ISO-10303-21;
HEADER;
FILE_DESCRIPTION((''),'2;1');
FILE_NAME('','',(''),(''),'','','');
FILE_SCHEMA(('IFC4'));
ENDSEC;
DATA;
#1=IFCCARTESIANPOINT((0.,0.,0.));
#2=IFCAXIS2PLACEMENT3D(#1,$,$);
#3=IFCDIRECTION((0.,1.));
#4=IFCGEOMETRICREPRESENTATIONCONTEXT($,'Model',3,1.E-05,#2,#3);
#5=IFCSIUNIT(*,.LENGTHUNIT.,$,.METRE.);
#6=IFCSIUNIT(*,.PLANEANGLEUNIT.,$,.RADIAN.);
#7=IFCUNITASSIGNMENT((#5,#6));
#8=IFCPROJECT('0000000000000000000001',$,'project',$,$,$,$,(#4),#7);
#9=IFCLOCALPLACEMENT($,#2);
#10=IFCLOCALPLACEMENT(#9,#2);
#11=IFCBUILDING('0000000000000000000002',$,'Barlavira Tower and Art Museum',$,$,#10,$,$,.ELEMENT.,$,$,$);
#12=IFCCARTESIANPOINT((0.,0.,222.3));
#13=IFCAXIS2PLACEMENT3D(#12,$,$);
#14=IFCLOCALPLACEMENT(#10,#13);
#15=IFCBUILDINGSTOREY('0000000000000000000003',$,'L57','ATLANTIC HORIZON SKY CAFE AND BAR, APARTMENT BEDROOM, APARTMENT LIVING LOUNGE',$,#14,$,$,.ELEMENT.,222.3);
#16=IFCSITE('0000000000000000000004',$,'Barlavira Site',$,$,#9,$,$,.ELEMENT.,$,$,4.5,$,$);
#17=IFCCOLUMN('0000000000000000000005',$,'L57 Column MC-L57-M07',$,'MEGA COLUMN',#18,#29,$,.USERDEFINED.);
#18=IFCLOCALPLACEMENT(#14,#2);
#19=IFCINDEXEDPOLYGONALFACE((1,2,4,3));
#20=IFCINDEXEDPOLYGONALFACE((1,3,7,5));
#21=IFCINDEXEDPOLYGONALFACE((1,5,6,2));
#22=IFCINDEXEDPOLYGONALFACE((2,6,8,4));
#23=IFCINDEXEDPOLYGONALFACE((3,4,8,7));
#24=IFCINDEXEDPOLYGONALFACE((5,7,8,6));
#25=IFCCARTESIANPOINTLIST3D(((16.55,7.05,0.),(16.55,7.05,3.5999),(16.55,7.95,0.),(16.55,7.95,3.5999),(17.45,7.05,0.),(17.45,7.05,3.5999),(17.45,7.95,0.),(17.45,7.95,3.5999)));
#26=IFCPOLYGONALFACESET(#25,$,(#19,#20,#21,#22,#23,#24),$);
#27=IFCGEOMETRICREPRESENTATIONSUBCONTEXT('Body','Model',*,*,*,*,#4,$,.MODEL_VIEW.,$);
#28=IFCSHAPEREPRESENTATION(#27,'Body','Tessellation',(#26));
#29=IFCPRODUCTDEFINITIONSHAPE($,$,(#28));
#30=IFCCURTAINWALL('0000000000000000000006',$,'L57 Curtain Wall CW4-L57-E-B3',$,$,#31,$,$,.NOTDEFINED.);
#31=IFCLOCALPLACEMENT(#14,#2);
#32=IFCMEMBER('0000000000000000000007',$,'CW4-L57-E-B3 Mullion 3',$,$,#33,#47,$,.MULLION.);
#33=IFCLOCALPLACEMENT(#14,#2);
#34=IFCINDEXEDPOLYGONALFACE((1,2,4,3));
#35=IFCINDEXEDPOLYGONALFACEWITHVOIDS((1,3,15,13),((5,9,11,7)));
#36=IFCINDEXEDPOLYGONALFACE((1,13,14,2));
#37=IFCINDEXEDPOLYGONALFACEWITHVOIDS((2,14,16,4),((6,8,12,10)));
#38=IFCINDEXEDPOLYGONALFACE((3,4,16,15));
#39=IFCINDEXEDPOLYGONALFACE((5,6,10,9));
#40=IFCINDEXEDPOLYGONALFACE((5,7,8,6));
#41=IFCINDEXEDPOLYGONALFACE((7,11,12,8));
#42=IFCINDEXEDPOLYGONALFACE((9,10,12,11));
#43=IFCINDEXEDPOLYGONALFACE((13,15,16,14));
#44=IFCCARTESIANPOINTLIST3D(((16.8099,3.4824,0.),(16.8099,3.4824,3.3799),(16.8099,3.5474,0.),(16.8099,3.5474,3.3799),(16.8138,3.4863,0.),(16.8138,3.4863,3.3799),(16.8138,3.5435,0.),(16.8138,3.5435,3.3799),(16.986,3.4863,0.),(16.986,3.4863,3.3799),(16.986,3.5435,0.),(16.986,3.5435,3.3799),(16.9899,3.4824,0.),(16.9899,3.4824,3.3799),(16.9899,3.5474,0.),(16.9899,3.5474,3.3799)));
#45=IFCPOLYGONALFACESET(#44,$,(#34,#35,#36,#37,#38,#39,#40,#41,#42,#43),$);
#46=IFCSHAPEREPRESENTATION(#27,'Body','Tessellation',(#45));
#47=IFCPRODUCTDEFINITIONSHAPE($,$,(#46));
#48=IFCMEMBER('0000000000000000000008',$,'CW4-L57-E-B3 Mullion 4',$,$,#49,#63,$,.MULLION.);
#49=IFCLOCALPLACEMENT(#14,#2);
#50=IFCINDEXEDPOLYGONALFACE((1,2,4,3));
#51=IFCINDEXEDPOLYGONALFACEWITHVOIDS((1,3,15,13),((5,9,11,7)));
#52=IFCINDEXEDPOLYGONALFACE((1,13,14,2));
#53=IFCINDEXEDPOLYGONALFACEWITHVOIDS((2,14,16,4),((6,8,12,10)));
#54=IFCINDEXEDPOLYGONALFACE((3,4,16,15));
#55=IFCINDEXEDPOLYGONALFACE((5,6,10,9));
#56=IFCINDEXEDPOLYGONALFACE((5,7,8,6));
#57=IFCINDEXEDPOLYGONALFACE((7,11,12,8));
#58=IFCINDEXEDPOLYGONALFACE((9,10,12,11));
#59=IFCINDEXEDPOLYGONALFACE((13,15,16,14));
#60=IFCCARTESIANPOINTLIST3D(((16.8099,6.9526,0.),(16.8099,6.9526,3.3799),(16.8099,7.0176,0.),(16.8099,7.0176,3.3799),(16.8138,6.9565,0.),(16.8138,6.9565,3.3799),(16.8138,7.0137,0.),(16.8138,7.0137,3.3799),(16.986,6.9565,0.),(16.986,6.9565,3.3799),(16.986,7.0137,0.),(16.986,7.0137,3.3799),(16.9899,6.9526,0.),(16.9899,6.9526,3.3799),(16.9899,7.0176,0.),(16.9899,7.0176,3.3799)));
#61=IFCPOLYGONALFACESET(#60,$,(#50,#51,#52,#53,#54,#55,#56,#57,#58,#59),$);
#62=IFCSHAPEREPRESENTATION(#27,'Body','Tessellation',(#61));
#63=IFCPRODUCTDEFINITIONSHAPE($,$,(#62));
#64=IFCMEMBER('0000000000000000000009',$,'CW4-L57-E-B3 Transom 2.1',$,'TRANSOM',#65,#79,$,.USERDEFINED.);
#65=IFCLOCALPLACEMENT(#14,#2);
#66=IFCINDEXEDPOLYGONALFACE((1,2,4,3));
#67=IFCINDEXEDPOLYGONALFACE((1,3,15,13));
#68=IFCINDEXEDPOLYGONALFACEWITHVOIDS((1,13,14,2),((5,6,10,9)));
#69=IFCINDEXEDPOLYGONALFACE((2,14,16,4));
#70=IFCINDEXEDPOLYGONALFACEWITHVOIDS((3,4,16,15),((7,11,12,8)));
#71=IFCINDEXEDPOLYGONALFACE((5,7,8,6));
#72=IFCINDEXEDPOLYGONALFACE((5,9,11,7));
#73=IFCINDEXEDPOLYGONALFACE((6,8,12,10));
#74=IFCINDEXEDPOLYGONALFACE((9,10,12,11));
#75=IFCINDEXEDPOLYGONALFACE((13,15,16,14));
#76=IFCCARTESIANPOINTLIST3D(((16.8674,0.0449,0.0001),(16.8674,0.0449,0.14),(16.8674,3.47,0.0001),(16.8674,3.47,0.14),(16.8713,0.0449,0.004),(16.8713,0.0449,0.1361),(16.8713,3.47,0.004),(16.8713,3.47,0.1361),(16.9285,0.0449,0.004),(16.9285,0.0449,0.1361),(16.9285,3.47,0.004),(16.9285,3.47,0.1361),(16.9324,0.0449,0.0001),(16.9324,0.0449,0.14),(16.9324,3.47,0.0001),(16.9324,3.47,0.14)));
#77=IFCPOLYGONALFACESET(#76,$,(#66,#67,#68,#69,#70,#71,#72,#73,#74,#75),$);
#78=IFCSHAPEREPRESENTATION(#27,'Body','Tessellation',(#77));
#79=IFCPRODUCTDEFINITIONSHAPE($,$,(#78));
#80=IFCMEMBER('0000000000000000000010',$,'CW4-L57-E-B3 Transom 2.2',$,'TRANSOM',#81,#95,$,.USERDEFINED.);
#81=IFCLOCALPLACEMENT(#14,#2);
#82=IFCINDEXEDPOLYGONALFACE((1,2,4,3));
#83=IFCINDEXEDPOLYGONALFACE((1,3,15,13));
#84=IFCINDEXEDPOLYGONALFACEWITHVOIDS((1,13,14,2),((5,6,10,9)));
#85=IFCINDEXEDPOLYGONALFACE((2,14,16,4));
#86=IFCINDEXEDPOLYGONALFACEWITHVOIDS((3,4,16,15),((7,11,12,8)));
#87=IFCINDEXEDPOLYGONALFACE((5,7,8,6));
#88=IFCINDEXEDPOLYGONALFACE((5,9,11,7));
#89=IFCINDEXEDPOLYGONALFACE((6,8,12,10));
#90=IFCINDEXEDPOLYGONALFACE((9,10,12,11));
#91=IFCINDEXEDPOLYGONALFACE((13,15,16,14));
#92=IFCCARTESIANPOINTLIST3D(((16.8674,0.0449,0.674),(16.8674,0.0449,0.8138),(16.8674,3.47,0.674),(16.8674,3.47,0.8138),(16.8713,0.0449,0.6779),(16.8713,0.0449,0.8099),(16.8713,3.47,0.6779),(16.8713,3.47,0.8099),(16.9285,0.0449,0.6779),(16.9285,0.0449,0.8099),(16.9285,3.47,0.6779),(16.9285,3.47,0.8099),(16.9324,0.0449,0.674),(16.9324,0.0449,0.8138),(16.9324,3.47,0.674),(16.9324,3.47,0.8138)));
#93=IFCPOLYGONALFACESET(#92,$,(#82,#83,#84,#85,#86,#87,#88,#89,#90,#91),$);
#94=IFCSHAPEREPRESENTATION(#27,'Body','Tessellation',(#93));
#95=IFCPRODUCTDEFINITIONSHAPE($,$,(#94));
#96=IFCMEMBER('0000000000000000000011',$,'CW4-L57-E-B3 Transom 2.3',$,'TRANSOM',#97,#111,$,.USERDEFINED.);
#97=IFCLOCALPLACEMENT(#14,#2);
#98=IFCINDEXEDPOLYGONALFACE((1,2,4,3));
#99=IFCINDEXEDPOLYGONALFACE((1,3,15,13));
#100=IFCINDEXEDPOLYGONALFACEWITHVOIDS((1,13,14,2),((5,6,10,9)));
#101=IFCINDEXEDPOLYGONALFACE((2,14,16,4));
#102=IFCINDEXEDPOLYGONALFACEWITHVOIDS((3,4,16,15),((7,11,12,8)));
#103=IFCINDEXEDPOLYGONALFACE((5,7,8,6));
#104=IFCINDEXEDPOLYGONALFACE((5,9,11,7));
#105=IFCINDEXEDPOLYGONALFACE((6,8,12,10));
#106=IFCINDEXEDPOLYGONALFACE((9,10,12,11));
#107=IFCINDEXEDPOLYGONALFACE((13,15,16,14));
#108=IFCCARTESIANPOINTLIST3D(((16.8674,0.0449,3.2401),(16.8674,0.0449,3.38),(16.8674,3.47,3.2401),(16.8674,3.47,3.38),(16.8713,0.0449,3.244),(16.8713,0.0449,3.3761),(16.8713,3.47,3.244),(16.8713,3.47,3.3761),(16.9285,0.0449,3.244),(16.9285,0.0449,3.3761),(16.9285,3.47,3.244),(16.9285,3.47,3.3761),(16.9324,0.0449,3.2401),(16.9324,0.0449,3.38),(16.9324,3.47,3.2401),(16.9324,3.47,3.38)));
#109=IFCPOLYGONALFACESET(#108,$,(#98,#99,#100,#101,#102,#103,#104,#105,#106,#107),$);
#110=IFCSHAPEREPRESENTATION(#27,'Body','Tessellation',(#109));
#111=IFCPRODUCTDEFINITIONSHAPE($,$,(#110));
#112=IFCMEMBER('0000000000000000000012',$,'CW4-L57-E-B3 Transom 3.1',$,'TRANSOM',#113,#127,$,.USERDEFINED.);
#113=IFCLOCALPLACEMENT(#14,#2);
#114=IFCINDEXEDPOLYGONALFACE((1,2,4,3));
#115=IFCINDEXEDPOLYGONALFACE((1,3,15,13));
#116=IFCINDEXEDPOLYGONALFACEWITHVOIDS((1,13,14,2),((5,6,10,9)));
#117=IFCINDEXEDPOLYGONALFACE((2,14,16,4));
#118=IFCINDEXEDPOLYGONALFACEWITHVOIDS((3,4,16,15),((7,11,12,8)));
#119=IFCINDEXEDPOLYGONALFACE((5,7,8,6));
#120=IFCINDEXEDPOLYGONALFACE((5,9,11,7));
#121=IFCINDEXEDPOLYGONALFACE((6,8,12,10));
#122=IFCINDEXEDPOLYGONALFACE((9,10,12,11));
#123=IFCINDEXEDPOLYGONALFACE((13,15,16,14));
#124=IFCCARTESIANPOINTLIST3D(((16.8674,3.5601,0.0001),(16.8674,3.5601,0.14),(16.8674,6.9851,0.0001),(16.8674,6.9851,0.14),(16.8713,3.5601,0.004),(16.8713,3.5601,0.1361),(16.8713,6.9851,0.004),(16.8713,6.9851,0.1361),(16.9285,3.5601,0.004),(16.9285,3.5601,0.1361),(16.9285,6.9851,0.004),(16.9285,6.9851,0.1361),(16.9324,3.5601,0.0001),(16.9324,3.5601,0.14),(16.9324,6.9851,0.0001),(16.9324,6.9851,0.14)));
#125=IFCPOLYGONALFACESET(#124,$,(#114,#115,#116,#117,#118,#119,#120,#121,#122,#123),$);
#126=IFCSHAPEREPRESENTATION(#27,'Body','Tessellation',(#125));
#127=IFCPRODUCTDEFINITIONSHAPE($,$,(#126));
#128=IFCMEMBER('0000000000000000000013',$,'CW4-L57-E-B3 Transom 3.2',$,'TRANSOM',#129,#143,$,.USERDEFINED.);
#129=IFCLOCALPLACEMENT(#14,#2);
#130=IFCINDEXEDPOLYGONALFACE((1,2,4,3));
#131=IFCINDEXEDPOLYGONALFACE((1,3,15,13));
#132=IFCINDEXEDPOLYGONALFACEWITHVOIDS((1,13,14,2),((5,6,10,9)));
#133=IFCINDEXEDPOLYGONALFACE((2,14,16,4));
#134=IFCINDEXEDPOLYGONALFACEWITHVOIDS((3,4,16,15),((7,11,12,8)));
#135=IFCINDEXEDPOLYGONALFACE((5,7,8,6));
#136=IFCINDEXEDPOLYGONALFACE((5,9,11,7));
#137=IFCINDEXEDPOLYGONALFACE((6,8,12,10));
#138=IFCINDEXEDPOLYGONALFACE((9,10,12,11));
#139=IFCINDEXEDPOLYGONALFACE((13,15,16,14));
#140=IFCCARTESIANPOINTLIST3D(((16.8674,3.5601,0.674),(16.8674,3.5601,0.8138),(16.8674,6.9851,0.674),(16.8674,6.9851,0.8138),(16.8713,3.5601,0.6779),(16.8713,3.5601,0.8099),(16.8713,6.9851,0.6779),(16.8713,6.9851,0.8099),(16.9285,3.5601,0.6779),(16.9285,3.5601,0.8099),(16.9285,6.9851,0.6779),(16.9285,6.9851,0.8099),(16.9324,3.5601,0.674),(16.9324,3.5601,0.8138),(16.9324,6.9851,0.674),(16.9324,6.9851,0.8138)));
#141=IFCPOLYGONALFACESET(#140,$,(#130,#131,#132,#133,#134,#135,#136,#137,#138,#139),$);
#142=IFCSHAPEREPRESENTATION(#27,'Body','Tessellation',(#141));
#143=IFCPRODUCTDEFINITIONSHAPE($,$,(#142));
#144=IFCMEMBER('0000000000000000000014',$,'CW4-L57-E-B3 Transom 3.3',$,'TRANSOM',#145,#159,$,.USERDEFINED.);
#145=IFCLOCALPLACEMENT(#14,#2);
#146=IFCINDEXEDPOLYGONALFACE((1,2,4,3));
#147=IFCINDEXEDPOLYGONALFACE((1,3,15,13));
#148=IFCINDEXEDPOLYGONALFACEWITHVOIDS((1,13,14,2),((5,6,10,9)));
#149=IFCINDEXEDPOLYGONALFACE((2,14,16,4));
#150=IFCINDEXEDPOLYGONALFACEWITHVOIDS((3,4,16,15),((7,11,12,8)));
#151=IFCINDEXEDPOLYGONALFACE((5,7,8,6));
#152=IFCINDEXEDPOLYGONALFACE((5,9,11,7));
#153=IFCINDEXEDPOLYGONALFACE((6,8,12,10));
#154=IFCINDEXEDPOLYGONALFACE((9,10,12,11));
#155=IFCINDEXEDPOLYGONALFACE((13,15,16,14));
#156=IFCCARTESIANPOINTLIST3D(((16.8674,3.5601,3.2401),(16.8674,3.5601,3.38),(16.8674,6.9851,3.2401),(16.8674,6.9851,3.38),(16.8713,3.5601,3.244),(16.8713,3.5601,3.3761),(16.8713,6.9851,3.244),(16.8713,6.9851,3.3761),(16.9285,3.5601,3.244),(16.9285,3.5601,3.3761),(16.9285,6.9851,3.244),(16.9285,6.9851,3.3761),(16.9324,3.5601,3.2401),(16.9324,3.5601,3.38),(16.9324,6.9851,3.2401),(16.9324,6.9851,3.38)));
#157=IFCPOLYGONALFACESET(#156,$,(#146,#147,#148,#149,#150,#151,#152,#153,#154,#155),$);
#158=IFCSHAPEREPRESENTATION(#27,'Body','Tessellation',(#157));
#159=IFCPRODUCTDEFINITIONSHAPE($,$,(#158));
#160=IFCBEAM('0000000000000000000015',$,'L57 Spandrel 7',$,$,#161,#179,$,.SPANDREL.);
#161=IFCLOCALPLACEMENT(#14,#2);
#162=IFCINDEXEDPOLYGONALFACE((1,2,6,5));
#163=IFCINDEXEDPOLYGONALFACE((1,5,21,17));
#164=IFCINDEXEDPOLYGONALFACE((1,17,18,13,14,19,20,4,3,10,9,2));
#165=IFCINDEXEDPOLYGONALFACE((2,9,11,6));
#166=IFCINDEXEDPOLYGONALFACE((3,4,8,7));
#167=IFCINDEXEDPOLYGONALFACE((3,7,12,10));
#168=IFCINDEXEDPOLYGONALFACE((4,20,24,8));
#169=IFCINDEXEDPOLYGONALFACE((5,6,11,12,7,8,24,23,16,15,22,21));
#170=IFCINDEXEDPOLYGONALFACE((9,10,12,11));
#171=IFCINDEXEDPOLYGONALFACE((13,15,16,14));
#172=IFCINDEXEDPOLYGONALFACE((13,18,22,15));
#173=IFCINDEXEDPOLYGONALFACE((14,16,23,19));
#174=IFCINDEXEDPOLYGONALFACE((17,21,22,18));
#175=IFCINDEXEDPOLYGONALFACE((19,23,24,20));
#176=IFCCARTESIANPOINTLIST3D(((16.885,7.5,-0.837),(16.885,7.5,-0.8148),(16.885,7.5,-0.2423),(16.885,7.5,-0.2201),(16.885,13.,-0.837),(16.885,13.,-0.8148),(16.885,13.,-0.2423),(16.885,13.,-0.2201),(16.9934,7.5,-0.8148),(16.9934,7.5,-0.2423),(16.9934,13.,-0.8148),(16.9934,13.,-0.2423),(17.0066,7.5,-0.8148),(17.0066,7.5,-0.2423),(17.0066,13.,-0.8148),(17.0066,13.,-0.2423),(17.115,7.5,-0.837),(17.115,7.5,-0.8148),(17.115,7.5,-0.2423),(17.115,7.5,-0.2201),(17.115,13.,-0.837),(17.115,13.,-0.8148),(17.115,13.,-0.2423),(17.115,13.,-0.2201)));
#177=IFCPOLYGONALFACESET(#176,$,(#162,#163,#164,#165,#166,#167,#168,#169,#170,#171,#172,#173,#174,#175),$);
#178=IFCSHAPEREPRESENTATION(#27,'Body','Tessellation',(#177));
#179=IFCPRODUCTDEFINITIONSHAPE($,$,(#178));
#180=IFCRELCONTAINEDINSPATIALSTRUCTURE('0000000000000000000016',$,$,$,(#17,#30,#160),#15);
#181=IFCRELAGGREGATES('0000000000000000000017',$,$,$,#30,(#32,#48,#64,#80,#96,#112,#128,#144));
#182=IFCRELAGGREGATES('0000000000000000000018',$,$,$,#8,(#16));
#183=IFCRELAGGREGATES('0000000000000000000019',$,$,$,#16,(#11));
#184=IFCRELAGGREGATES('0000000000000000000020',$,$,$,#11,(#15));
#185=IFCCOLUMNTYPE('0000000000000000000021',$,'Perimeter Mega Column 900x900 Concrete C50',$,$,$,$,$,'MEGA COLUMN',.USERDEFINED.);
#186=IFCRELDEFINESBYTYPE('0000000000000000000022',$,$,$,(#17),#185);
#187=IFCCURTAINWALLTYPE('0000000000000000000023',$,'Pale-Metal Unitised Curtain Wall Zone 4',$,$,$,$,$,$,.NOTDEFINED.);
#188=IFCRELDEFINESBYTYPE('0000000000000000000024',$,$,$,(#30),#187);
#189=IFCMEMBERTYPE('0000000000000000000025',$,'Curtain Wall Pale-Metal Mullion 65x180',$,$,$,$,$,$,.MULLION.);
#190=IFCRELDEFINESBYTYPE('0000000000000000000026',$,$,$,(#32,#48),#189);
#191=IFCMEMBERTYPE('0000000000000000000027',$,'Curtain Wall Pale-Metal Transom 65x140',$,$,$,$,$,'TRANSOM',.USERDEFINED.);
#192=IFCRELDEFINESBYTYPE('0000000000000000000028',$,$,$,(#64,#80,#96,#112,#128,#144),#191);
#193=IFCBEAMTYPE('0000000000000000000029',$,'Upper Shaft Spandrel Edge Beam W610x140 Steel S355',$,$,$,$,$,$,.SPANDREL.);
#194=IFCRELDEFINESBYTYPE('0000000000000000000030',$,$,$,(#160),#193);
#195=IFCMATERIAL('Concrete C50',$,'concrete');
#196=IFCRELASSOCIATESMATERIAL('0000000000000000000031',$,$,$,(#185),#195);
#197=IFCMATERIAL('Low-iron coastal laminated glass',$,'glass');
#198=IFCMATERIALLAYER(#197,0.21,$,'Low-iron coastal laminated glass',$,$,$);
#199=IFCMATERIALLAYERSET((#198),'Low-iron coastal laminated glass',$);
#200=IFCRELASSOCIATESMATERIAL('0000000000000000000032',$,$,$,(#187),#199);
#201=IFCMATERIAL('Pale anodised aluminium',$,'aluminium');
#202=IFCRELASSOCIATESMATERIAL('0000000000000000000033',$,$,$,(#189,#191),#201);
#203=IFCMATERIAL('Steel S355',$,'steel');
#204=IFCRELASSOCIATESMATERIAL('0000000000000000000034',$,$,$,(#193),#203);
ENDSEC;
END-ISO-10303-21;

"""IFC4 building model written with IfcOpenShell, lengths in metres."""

from ifc_helpers import new_model, si_unit, direction, frame, origin, origin_2d, place, context, subcontext, project, spatial, rectangle, hollow_rectangle, i_section, extrude, material, layer, layer_set, material_profile, profile_set, type_object, element, aggregate, save


model = new_model("IFC4")

# Units and contexts
model_context = context("Model", 3, precision=1e-05, world=origin(), true_north=direction((0.0, 1.0)))
body_context = subcontext(model_context, "Body", "Model", "MODEL_VIEW")
ifc_project = project(units=[si_unit("LENGTHUNIT", "METRE"), si_unit("PLANEANGLEUNIT", "RADIAN")], contexts=[model_context])

# Site, building, storey
site_placement = place(None, origin())
site = spatial("IfcSite", under=ifc_project, at=site_placement, Name="Barlavira Site", CompositionType="ELEMENT", RefElevation=4.5)
building_placement = place(site_placement, origin())
building = spatial("IfcBuilding", under=site, at=building_placement, Name="Barlavira Tower and Art Museum", CompositionType="ELEMENT")
storey_placement = place(building_placement, frame((0.0, 0.0, 222.3)))
storey = spatial("IfcBuildingStorey", under=building, at=storey_placement, Name="L57", Description="ATLANTIC HORIZON SKY CAFE AND BAR, APARTMENT BEDROOM, APARTMENT LIVING LOUNGE", CompositionType="ELEMENT", Elevation=222.3)

# Column
ifc_material_1 = material(Name="Concrete C50", Category="concrete")
ifc_material_profile_1 = material_profile(ifc_material_1, rectangle(XDim=0.8999, YDim=0.8999, at=origin_2d()), Name="RC-COL 900x900")
ifc_profile_set_1 = profile_set([ifc_material_profile_1], Name="Concrete C50")
column_type = type_object("IfcColumnType", Name="Perimeter Mega Column 900x900 Concrete C50", ElementType="MEGA COLUMN", PredefinedType="USERDEFINED", material=ifc_profile_set_1)
column_placement = place(storey_placement, frame((17.0, 7.5, 0.0), z_axis=(0.0, 0.0, 1.0), x_axis=(1.0, 0.0, 0.0)))
element("IfcColumn", 1, at=column_placement, inside=storey, type_object=column_type, Name="L57 Column MC-L57-M07", ObjectType="MEGA COLUMN", PredefinedType="USERDEFINED", context=body_context, shape_type="SweptSolid", body=[
    extrude(rectangle(XDim=0.8999, YDim=0.8999, at=origin_2d()), origin(), (0.0, 0.0, 1.0), 3.5999),
])

# Curtain wall, members
ifc_material_2 = material(Name="Low-iron coastal laminated glass", Category="glass")
ifc_layer_1 = layer(ifc_material_2, 0.21, Name="Low-iron coastal laminated glass")
ifc_layer_set_1 = layer_set([ifc_layer_1], Name="Low-iron coastal laminated glass")
curtain_wall_type = type_object("IfcCurtainWallType", Name="Pale-Metal Unitised Curtain Wall Zone 4", PredefinedType="NOTDEFINED", material=ifc_layer_set_1)
curtain_wall_placement = place(storey_placement, origin())
curtain_wall = element("IfcCurtainWall", 2, at=curtain_wall_placement, inside=storey, type_object=curtain_wall_type, Name="L57 Curtain Wall CW4-L57-E-B3", PredefinedType="NOTDEFINED")
ifc_material_3 = material(Name="Pale anodised aluminium", Category="aluminium")
ifc_material_profile_2 = material_profile(ifc_material_3, hollow_rectangle(XDim=0.0649, YDim=0.1799, WallThickness=0.0039, at=origin_2d()), Name="ALU-MULL 65x180x4")
ifc_profile_set_2 = profile_set([ifc_material_profile_2], Name="Pale anodised aluminium")
member_type_1 = type_object("IfcMemberType", Name="Curtain Wall Pale-Metal Mullion 65x180", PredefinedType="MULLION", material=ifc_profile_set_2)
member_1_placement = place(storey_placement, frame((16.8999, 3.5149, 0.0), z_axis=(0.0, 0.0, 1.0), x_axis=(0.0, 1.0, 0.0)))
member_1 = element("IfcMember", 3, at=member_1_placement, type_object=member_type_1, Name="CW4-L57-E-B3 Mullion 3", PredefinedType="MULLION", context=body_context, shape_type="SweptSolid", body=[
    extrude(hollow_rectangle(XDim=0.0649, YDim=0.1799, WallThickness=0.0039, at=origin_2d()), origin(), (0.0, 0.0, 1.0), 3.3799),
])
member_2_placement = place(storey_placement, frame((16.8999, 6.9851, 0.0), z_axis=(0.0, 0.0, 1.0), x_axis=(0.0, 1.0, 0.0)))
member_2 = element("IfcMember", 4, at=member_2_placement, type_object=member_type_1, Name="CW4-L57-E-B3 Mullion 4", PredefinedType="MULLION", context=body_context, shape_type="SweptSolid", body=[
    extrude(hollow_rectangle(XDim=0.0649, YDim=0.1799, WallThickness=0.0039, at=origin_2d()), origin(), (0.0, 0.0, 1.0), 3.3799),
])
ifc_material_profile_3 = material_profile(ifc_material_3, hollow_rectangle(XDim=0.0649, YDim=0.1399, WallThickness=0.0039, at=origin_2d()), Name="ALU-TRAN 65x140x4")
ifc_profile_set_3 = profile_set([ifc_material_profile_3], Name="Pale anodised aluminium")
member_type_2 = type_object("IfcMemberType", Name="Curtain Wall Pale-Metal Transom 65x140", ElementType="TRANSOM", PredefinedType="USERDEFINED", material=ifc_profile_set_3)
member_3_placement = place(storey_placement, frame((16.8999, 0.0449, 0.0701), z_axis=(0.0, 1.0, 0.0), x_axis=(-1.0, 0.0, 0.0)))
member_3 = element("IfcMember", 5, at=member_3_placement, type_object=member_type_2, Name="CW4-L57-E-B3 Transom 2.1", ObjectType="TRANSOM", PredefinedType="USERDEFINED", context=body_context, shape_type="SweptSolid", body=[
    extrude(hollow_rectangle(XDim=0.0649, YDim=0.1399, WallThickness=0.0039, at=origin_2d()), origin(), (0.0, 0.0, 1.0), 3.425),
])
member_4_placement = place(storey_placement, frame((16.8999, 0.0449, 0.7439), z_axis=(0.0, 1.0, 0.0), x_axis=(-1.0, 0.0, 0.0)))
member_4 = element("IfcMember", 6, at=member_4_placement, type_object=member_type_2, Name="CW4-L57-E-B3 Transom 2.2", ObjectType="TRANSOM", PredefinedType="USERDEFINED", context=body_context, shape_type="SweptSolid", body=[
    extrude(hollow_rectangle(XDim=0.0649, YDim=0.1399, WallThickness=0.0039, at=origin_2d()), origin(), (0.0, 0.0, 1.0), 3.425),
])
member_5_placement = place(storey_placement, frame((16.8999, 0.0449, 3.3101), z_axis=(0.0, 1.0, 0.0), x_axis=(-1.0, 0.0, 0.0)))
member_5 = element("IfcMember", 7, at=member_5_placement, type_object=member_type_2, Name="CW4-L57-E-B3 Transom 2.3", ObjectType="TRANSOM", PredefinedType="USERDEFINED", context=body_context, shape_type="SweptSolid", body=[
    extrude(hollow_rectangle(XDim=0.0649, YDim=0.1399, WallThickness=0.0039, at=origin_2d()), origin(), (0.0, 0.0, 1.0), 3.425),
])
member_6_placement = place(storey_placement, frame((16.8999, 3.5601, 0.0701), z_axis=(0.0, 1.0, 0.0), x_axis=(-1.0, 0.0, 0.0)))
member_6 = element("IfcMember", 8, at=member_6_placement, type_object=member_type_2, Name="CW4-L57-E-B3 Transom 3.1", ObjectType="TRANSOM", PredefinedType="USERDEFINED", context=body_context, shape_type="SweptSolid", body=[
    extrude(hollow_rectangle(XDim=0.0649, YDim=0.1399, WallThickness=0.0039, at=origin_2d()), origin(), (0.0, 0.0, 1.0), 3.425),
])
member_7_placement = place(storey_placement, frame((16.8999, 3.5601, 0.7439), z_axis=(0.0, 1.0, 0.0), x_axis=(-1.0, 0.0, 0.0)))
member_7 = element("IfcMember", 9, at=member_7_placement, type_object=member_type_2, Name="CW4-L57-E-B3 Transom 3.2", ObjectType="TRANSOM", PredefinedType="USERDEFINED", context=body_context, shape_type="SweptSolid", body=[
    extrude(hollow_rectangle(XDim=0.0649, YDim=0.1399, WallThickness=0.0039, at=origin_2d()), origin(), (0.0, 0.0, 1.0), 3.425),
])
member_8_placement = place(storey_placement, frame((16.8999, 3.5601, 3.3101), z_axis=(0.0, 1.0, 0.0), x_axis=(-1.0, 0.0, 0.0)))
member_8 = element("IfcMember", 10, at=member_8_placement, type_object=member_type_2, Name="CW4-L57-E-B3 Transom 3.3", ObjectType="TRANSOM", PredefinedType="USERDEFINED", context=body_context, shape_type="SweptSolid", body=[
    extrude(hollow_rectangle(XDim=0.0649, YDim=0.1399, WallThickness=0.0039, at=origin_2d()), origin(), (0.0, 0.0, 1.0), 3.425),
])

# Beam
ifc_material_4 = material(Name="Steel S355", Category="steel")
ifc_material_profile_4 = material_profile(ifc_material_4, i_section(OverallWidth=0.23, OverallDepth=0.6169, WebThickness=0.0132, FlangeThickness=0.0222, at=origin_2d()), Name="W610x140.0")
ifc_profile_set_4 = profile_set([ifc_material_profile_4], Name="Steel S355")
beam_type = type_object("IfcBeamType", Name="Upper Shaft Spandrel Edge Beam W610x140 Steel S355", PredefinedType="SPANDREL", material=ifc_profile_set_4)
beam_placement = place(storey_placement, frame((17.0, 7.5, -0.5286), z_axis=(0.0, 1.0, 0.0), x_axis=(-1.0, 0.0, 0.0)))
element("IfcBeam", 11, at=beam_placement, inside=storey, type_object=beam_type, Name="L57 Spandrel 7", PredefinedType="SPANDREL", context=body_context, shape_type="SweptSolid", body=[
    extrude(i_section(OverallWidth=0.23, OverallDepth=0.6169, WebThickness=0.0132, FlangeThickness=0.0222, at=origin_2d()), origin(), (0.0, 0.0, 1.0), 5.5),
])

aggregate(curtain_wall, [member_1, member_2, member_3, member_4, member_5, member_6, member_7, member_8])

save(model, "model.ifc")
